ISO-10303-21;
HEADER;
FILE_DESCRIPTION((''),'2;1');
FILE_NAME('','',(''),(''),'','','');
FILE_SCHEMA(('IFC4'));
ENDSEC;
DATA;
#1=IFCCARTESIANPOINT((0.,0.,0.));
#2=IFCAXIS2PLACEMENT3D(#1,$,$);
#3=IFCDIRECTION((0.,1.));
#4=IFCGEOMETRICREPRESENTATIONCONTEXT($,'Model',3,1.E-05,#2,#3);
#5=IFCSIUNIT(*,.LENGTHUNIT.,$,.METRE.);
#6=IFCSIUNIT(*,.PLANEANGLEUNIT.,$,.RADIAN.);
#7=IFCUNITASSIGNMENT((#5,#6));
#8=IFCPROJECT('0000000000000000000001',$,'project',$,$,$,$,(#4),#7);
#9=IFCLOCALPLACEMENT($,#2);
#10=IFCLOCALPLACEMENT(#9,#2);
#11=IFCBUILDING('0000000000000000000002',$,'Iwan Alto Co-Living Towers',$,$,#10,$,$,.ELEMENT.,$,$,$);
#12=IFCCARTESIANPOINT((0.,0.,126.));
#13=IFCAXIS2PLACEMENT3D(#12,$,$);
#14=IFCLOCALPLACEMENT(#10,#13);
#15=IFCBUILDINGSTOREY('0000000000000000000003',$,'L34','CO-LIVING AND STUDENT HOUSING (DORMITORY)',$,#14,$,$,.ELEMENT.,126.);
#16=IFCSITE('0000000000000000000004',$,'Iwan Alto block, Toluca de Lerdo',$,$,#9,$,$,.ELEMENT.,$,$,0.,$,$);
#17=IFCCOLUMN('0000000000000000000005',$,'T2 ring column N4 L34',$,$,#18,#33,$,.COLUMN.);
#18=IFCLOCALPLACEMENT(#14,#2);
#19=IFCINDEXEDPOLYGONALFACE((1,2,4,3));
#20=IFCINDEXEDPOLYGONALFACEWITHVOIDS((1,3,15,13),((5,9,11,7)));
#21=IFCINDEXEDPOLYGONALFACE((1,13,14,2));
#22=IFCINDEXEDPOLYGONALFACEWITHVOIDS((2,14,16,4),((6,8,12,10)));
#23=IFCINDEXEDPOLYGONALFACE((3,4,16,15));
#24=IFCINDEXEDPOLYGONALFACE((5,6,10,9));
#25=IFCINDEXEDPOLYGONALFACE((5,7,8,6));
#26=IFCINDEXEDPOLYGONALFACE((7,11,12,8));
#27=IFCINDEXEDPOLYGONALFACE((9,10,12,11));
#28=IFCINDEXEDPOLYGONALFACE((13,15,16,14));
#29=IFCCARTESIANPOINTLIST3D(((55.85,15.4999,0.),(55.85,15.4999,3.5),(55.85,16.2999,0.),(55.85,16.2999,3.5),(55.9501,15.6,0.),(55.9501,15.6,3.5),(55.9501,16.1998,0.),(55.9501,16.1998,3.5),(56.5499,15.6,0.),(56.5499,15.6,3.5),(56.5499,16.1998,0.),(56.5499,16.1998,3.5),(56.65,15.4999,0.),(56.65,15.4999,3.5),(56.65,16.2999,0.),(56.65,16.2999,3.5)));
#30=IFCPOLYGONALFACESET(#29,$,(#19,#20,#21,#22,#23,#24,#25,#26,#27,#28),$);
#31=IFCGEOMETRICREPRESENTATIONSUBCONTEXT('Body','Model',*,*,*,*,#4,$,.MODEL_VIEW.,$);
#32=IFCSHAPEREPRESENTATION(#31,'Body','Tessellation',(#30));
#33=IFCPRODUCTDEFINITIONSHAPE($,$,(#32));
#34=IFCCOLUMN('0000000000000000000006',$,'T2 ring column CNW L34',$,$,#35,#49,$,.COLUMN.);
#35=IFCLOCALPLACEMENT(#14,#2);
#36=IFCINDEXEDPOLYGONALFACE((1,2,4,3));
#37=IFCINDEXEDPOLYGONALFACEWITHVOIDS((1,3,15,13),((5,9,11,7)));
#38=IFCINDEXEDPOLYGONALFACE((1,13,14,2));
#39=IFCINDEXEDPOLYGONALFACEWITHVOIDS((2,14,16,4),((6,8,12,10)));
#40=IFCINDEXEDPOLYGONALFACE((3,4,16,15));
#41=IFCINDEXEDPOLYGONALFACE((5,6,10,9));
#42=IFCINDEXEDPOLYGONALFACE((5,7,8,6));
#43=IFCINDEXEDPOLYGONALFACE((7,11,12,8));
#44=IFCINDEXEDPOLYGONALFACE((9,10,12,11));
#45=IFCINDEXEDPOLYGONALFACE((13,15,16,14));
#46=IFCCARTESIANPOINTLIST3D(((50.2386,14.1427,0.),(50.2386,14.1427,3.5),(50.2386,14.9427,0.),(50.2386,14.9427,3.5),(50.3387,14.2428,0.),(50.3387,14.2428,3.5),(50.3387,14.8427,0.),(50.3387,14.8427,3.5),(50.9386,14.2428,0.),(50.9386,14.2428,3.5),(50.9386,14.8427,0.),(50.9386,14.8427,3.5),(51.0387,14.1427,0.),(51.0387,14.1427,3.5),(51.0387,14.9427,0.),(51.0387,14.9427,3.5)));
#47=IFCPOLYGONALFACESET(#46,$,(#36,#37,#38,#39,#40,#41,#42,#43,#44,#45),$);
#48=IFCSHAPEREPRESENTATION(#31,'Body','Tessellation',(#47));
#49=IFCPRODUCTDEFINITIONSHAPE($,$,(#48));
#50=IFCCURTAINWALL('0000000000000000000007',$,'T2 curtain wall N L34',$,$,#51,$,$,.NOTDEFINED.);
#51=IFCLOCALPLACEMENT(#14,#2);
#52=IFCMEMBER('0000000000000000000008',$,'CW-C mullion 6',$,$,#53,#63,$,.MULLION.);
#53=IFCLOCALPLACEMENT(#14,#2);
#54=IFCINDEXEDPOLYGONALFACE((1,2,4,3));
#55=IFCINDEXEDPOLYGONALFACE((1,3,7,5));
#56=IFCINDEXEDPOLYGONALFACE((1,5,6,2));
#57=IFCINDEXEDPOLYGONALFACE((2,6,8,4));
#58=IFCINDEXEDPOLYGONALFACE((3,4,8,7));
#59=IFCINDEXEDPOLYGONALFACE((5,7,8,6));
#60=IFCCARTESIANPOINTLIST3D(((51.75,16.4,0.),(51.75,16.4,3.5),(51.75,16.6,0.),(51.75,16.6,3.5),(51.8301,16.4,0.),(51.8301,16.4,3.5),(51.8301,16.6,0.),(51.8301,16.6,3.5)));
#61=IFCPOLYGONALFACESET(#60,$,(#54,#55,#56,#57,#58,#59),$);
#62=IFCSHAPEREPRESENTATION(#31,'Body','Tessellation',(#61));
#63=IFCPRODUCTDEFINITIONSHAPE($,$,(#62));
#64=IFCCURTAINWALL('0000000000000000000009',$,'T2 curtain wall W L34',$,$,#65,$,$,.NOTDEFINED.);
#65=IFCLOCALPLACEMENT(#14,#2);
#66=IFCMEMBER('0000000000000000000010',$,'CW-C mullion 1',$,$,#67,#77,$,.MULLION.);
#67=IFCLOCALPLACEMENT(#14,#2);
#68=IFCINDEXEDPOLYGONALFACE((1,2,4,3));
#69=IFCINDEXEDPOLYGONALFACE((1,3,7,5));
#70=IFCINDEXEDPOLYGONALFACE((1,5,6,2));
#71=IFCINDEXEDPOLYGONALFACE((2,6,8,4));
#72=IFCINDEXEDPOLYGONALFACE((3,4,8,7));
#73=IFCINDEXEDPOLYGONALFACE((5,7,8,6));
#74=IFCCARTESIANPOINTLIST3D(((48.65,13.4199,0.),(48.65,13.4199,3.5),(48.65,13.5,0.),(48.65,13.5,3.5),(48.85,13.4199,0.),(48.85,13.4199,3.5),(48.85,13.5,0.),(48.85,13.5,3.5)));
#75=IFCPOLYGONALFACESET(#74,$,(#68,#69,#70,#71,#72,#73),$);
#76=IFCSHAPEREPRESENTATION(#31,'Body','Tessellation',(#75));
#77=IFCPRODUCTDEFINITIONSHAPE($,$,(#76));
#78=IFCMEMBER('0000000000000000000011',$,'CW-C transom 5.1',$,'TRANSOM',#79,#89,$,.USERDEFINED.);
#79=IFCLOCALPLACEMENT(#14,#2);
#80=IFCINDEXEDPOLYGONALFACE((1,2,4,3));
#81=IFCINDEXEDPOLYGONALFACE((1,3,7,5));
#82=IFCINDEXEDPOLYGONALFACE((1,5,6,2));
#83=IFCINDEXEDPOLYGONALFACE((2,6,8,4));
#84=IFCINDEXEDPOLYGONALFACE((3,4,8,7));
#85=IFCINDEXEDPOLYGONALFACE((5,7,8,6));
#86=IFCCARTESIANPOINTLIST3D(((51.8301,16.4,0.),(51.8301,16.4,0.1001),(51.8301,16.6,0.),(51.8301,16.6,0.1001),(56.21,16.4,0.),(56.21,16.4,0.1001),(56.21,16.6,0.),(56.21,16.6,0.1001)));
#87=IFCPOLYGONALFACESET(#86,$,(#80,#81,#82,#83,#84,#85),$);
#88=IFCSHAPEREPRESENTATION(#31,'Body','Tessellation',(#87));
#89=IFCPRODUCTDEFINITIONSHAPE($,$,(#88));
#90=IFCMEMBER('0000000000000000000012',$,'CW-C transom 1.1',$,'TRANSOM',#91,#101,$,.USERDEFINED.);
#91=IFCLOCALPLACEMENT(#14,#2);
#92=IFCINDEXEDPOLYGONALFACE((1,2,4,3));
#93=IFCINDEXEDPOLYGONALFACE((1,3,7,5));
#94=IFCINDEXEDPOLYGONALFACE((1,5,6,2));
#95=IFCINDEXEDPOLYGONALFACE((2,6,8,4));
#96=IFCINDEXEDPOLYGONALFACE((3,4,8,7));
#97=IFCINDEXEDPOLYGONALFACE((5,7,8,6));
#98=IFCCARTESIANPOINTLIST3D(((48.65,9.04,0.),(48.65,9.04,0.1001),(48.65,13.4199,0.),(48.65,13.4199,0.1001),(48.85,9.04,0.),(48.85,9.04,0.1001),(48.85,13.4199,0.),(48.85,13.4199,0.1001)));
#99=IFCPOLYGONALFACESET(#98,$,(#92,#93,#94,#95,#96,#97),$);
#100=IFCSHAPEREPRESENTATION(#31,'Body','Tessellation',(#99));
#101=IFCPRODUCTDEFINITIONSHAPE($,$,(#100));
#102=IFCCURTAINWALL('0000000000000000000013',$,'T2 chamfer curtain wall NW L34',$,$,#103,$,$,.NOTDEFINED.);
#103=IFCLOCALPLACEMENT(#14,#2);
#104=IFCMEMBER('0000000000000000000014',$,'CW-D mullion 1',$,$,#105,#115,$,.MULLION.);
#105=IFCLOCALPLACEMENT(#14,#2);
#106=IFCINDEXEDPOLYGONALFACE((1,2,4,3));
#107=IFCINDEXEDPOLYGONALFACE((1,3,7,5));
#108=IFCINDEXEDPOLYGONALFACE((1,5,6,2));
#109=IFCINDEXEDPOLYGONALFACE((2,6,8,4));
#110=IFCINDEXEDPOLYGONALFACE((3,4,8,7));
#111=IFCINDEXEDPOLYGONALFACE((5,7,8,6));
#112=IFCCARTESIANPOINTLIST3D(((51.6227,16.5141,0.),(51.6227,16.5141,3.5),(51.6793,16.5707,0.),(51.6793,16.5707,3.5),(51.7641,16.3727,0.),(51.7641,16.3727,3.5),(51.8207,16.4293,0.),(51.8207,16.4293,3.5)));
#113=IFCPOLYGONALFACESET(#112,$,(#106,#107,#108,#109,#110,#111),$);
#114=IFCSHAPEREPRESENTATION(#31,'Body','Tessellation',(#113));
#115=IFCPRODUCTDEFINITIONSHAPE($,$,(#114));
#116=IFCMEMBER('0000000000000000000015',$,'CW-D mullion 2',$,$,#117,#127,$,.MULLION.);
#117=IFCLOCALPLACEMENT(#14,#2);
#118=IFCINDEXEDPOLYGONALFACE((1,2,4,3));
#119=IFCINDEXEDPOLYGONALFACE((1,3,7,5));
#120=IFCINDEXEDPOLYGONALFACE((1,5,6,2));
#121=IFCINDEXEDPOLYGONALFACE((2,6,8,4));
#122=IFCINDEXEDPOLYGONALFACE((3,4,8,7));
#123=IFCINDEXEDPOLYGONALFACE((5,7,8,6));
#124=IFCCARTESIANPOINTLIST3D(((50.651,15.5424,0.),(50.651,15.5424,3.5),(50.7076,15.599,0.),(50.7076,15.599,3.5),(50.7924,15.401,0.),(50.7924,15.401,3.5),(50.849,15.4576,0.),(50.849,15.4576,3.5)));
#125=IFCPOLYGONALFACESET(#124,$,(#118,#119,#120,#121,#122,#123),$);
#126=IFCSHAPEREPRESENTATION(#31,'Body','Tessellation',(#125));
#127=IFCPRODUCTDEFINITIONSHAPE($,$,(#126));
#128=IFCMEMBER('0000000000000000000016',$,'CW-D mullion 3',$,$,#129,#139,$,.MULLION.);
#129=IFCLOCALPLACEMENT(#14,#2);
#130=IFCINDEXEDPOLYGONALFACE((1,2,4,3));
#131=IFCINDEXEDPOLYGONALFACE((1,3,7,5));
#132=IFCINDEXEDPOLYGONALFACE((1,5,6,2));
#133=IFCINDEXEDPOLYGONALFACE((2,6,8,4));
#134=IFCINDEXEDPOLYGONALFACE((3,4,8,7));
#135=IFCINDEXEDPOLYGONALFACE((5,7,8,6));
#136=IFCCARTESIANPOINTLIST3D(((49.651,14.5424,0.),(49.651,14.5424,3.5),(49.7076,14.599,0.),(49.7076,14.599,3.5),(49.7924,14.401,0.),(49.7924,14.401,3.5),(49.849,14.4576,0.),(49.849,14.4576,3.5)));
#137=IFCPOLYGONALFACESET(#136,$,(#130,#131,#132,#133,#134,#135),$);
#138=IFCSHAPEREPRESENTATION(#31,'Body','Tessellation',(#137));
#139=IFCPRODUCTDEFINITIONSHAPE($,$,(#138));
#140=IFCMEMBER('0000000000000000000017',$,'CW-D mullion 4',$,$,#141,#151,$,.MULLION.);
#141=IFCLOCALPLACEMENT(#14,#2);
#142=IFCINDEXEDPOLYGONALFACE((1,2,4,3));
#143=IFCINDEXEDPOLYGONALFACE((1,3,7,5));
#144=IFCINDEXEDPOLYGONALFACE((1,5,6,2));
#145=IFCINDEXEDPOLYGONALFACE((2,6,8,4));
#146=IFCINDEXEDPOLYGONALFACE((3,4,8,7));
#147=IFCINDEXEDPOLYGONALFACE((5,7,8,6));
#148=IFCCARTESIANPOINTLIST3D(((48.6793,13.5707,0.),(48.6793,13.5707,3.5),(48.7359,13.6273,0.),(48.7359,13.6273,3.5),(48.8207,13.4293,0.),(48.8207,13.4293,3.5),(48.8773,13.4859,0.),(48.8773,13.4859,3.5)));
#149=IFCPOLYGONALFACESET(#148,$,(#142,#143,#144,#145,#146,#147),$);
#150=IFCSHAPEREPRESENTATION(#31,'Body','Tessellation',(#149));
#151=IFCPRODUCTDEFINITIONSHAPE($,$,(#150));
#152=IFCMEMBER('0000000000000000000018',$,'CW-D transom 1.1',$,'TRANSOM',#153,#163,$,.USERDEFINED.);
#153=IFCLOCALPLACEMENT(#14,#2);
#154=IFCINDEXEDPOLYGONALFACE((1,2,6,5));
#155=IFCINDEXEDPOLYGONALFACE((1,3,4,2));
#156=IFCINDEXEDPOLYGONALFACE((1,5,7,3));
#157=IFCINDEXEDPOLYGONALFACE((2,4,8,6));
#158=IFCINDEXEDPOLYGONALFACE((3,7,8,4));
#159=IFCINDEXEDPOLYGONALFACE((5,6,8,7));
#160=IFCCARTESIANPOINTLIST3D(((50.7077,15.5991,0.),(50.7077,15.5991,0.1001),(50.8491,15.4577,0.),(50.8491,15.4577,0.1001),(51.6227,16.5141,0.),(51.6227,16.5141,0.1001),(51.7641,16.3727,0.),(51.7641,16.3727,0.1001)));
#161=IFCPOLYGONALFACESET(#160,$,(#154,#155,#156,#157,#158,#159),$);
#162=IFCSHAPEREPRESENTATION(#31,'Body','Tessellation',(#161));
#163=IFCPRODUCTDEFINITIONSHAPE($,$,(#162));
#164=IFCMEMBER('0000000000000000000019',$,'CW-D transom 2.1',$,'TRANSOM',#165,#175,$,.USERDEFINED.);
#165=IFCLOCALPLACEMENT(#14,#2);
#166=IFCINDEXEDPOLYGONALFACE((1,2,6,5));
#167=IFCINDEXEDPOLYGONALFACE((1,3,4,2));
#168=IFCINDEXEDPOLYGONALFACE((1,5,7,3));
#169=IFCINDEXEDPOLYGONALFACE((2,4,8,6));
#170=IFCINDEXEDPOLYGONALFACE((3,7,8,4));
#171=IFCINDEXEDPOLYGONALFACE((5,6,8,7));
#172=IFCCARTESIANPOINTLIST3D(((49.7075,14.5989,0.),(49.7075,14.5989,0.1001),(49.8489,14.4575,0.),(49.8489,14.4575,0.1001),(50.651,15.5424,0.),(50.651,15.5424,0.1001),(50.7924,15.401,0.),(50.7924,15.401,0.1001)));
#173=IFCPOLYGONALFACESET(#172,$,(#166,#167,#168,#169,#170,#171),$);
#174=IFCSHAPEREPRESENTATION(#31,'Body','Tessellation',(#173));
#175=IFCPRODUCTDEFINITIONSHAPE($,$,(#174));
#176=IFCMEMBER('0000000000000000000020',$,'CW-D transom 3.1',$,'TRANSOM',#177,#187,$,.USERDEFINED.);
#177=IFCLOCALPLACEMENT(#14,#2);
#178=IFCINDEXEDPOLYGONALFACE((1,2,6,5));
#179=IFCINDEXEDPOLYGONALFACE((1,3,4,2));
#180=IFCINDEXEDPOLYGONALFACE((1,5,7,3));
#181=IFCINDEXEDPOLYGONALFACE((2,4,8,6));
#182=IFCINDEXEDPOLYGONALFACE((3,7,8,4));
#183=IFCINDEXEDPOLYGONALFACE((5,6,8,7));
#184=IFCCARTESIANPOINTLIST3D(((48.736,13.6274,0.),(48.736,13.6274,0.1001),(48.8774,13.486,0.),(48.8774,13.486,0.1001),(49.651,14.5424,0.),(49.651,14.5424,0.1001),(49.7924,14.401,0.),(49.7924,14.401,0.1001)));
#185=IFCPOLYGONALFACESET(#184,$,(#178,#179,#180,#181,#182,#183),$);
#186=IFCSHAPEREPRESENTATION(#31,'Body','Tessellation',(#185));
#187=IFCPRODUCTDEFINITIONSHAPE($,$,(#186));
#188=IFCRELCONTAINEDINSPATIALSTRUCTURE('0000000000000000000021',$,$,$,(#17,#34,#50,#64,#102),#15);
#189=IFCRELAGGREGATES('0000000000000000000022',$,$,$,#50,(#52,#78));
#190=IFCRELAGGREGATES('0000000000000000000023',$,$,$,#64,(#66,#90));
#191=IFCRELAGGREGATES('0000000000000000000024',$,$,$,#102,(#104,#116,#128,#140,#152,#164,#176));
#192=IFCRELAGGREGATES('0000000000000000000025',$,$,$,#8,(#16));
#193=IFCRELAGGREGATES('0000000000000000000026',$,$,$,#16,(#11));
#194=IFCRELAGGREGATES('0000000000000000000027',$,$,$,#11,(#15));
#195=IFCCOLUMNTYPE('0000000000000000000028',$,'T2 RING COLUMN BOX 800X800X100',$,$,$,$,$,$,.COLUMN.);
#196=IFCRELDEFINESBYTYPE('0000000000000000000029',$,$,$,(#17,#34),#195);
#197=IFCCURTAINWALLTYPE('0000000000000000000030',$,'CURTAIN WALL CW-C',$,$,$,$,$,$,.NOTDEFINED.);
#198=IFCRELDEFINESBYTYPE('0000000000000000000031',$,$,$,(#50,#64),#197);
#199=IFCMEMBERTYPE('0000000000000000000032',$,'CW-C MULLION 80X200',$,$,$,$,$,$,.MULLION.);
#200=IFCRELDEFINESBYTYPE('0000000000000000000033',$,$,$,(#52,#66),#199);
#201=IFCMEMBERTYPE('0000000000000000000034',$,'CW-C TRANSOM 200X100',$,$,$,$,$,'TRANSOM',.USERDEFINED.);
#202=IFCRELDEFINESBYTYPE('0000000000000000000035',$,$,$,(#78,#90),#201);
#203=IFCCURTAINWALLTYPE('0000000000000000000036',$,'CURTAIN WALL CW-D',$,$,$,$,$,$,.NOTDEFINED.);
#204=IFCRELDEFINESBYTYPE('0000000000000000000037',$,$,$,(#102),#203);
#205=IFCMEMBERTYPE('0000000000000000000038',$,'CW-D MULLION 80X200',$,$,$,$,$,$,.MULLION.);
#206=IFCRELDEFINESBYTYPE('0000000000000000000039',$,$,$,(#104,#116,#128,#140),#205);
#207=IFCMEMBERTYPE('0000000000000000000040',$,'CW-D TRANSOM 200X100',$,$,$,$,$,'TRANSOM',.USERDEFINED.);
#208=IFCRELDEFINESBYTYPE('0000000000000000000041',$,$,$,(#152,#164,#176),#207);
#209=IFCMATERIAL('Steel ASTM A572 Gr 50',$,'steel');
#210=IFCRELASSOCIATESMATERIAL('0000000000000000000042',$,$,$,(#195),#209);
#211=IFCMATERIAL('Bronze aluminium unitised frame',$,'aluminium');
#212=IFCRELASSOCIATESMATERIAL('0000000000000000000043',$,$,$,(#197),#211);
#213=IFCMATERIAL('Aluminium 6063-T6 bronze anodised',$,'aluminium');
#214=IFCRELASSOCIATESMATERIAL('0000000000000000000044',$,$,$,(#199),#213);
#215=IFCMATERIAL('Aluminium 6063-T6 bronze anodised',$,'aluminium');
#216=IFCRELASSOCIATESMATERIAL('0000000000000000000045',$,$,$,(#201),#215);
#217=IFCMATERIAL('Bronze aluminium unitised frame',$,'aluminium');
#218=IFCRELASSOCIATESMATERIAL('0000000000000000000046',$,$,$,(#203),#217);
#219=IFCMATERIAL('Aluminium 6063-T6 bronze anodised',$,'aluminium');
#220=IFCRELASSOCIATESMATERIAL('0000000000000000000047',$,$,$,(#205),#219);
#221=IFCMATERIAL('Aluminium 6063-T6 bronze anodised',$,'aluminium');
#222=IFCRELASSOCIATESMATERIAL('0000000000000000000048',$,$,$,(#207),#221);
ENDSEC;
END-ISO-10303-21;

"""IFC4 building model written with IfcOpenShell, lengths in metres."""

from ifc_helpers import new_model, si_unit, direction, frame, origin, origin_2d, place, context, subcontext, project, spatial, rectangle, hollow_rectangle, extrude, material, material_profile, profile_set, type_object, element, aggregate, save


model = new_model("IFC4")

# Units and contexts
model_context = context("Model", 3, precision=1e-05, world=origin(), true_north=direction((0.0, 1.0)))
body_context = subcontext(model_context, "Body", "Model", "MODEL_VIEW")
ifc_project = project(units=[si_unit("LENGTHUNIT", "METRE"), si_unit("PLANEANGLEUNIT", "RADIAN")], contexts=[model_context])

# Site, building, storey
site_placement = place(None, origin())
site = spatial("IfcSite", under=ifc_project, at=site_placement, Name="Iwan Alto block, Toluca de Lerdo", CompositionType="ELEMENT", RefElevation=0.0)
building_placement = place(site_placement, origin())
building = spatial("IfcBuilding", under=site, at=building_placement, Name="Iwan Alto Co-Living Towers", CompositionType="ELEMENT")
storey_placement = place(building_placement, frame((0.0, 0.0, 126.0)))
storey = spatial("IfcBuildingStorey", under=building, at=storey_placement, Name="L34", Description="CO-LIVING AND STUDENT HOUSING (DORMITORY)", CompositionType="ELEMENT", Elevation=126.0)

# Columns
ifc_material_1 = material(Name="Steel ASTM A572 Gr 50", Category="steel")
ifc_material_profile_1 = material_profile(ifc_material_1, hollow_rectangle(XDim=0.8, YDim=0.8, WallThickness=0.1001, at=origin_2d()), Name="BOX 800X800X100")
ifc_profile_set_1 = profile_set([ifc_material_profile_1], Name="Steel ASTM A572 Gr 50")
column_type = type_object("IfcColumnType", Name="T2 RING COLUMN BOX 800X800X100", PredefinedType="COLUMN", material=ifc_profile_set_1)
for number, where, z_axis, x_axis, name in (
    (1, (56.25, 15.8999, 0.0), (0.0, 0.0, 1.0), (1.0, 0.0, 0.0), "T2 ring column N4 L34"),
    (2, (50.6387, 14.5427, 0.0), (0.0, 0.0, 1.0), (1.0, 0.0, 0.0), "T2 ring column CNW L34"),
):
    element("IfcColumn", number, at=place(storey_placement, frame(where, z_axis=z_axis, x_axis=x_axis)), inside=storey, type_object=column_type, Name=name, PredefinedType="COLUMN", context=body_context, shape_type="SweptSolid", body=[
        extrude(hollow_rectangle(XDim=0.8, YDim=0.8, WallThickness=0.1001, at=origin_2d()), origin(), (0.0, 0.0, 1.0), 3.5),
    ])

# Curtain walls, members
ifc_material_2 = material(Name="Bronze aluminium unitised frame", Category="aluminium")
curtain_wall_type_1 = type_object("IfcCurtainWallType", Name="CURTAIN WALL CW-C", PredefinedType="NOTDEFINED", material=ifc_material_2)
curtain_wall_1_placement = place(storey_placement, origin())
curtain_wall_1 = element("IfcCurtainWall", 3, at=curtain_wall_1_placement, inside=storey, type_object=curtain_wall_type_1, Name="T2 curtain wall N L34", PredefinedType="NOTDEFINED")
ifc_material_3 = material(Name="Aluminium 6063-T6 bronze anodised", Category="aluminium")
ifc_material_profile_2 = material_profile(ifc_material_3, rectangle(XDim=0.2, YDim=0.0801, at=origin_2d()), Name="AL 80X200")
ifc_profile_set_2 = profile_set([ifc_material_profile_2], Name="Aluminium 6063-T6 bronze anodised")
member_type_1 = type_object("IfcMemberType", Name="CW-C MULLION 80X200", PredefinedType="MULLION", material=ifc_profile_set_2)
member_1_placement = place(storey_placement, frame((51.79, 16.5, 0.0), z_axis=(0.0, 0.0, 1.0), x_axis=(0.0, -1.0, 0.0)))
member_1 = element("IfcMember", 4, at=member_1_placement, type_object=member_type_1, Name="CW-C mullion 6", PredefinedType="MULLION", context=body_context, shape_type="SweptSolid", body=[
    extrude(rectangle(XDim=0.2, YDim=0.0801, at=origin_2d()), origin(), (0.0, 0.0, 1.0), 3.5),
])
curtain_wall_2_placement = place(storey_placement, origin())
curtain_wall_2 = element("IfcCurtainWall", 5, at=curtain_wall_2_placement, inside=storey, type_object=curtain_wall_type_1, Name="T2 curtain wall W L34", PredefinedType="NOTDEFINED")
member_2_placement = place(storey_placement, frame((48.75, 13.46, 0.0), z_axis=(0.0, 0.0, 1.0), x_axis=(1.0, 0.0, 0.0)))
member_2 = element("IfcMember", 6, at=member_2_placement, type_object=member_type_1, Name="CW-C mullion 1", PredefinedType="MULLION", context=body_context, shape_type="SweptSolid", body=[
    extrude(rectangle(XDim=0.2, YDim=0.0801, at=origin_2d()), origin(), (0.0, 0.0, 1.0), 3.5),
])

# Members
ifc_material_4 = material(Name="Aluminium 6063-T6 bronze anodised", Category="aluminium")
ifc_material_profile_3 = material_profile(ifc_material_4, rectangle(XDim=0.2, YDim=0.1001, at=origin_2d()), Name="AL 200X100")
ifc_profile_set_3 = profile_set([ifc_material_profile_3], Name="Aluminium 6063-T6 bronze anodised")
member_type_2 = type_object("IfcMemberType", Name="CW-C TRANSOM 200X100", ElementType="TRANSOM", PredefinedType="USERDEFINED", material=ifc_profile_set_3)
member_3_placement = place(storey_placement, frame((56.21, 16.5, 0.05), z_axis=(-1.0, 0.0, 0.0), x_axis=(0.0, -1.0, 0.0)))
member_3 = element("IfcMember", 7, at=member_3_placement, type_object=member_type_2, Name="CW-C transom 5.1", ObjectType="TRANSOM", PredefinedType="USERDEFINED", context=body_context, shape_type="SweptSolid", body=[
    extrude(rectangle(XDim=0.2, YDim=0.1001, at=origin_2d()), origin(), (0.0, 0.0, 1.0), 4.3799),
])
member_4_placement = place(storey_placement, frame((48.75, 13.4199, 0.05), z_axis=(0.0, -1.0, 0.0), x_axis=(1.0, 0.0, 0.0)))
member_4 = element("IfcMember", 8, at=member_4_placement, type_object=member_type_2, Name="CW-C transom 1.1", ObjectType="TRANSOM", PredefinedType="USERDEFINED", context=body_context, shape_type="SweptSolid", body=[
    extrude(rectangle(XDim=0.2, YDim=0.1001, at=origin_2d()), origin(), (0.0, 0.0, 1.0), 4.3799),
])

# Curtain wall, members
ifc_material_5 = material(Name="Bronze aluminium unitised frame", Category="aluminium")
curtain_wall_type_2 = type_object("IfcCurtainWallType", Name="CURTAIN WALL CW-D", PredefinedType="NOTDEFINED", material=ifc_material_5)
curtain_wall_3_placement = place(storey_placement, origin())
curtain_wall_3 = element("IfcCurtainWall", 9, at=curtain_wall_3_placement, inside=storey, type_object=curtain_wall_type_2, Name="T2 chamfer curtain wall NW L34", PredefinedType="NOTDEFINED")
ifc_material_6 = material(Name="Aluminium 6063-T6 bronze anodised", Category="aluminium")
ifc_material_profile_4 = material_profile(ifc_material_6, rectangle(XDim=0.2, YDim=0.0801, at=origin_2d()), Name="AL 80X200")
ifc_profile_set_4 = profile_set([ifc_material_profile_4], Name="Aluminium 6063-T6 bronze anodised")
member_type_3 = type_object("IfcMemberType", Name="CW-D MULLION 80X200", PredefinedType="MULLION", material=ifc_profile_set_4)
member_5_placement = place(storey_placement, frame((51.7217, 16.4717, 0.0), z_axis=(0.0, 0.0, 1.0), x_axis=(0.707107, -0.707107, 0.0)))
member_5 = element("IfcMember", 10, at=member_5_placement, type_object=member_type_3, Name="CW-D mullion 1", PredefinedType="MULLION", context=body_context, shape_type="SweptSolid", body=[
    extrude(rectangle(XDim=0.2, YDim=0.0801, at=origin_2d()), origin(), (0.0, 0.0, 1.0), 3.5),
])
member_6_placement = place(storey_placement, frame((50.75, 15.5, 0.0), z_axis=(0.0, 0.0, 1.0), x_axis=(0.707107, -0.707107, 0.0)))
member_6 = element("IfcMember", 11, at=member_6_placement, type_object=member_type_3, Name="CW-D mullion 2", PredefinedType="MULLION", context=body_context, shape_type="SweptSolid", body=[
    extrude(rectangle(XDim=0.2, YDim=0.0801, at=origin_2d()), origin(), (0.0, 0.0, 1.0), 3.5),
])
member_7_placement = place(storey_placement, frame((49.75, 14.5, 0.0), z_axis=(0.0, 0.0, 1.0), x_axis=(0.707107, -0.707107, 0.0)))
member_7 = element("IfcMember", 12, at=member_7_placement, type_object=member_type_3, Name="CW-D mullion 3", PredefinedType="MULLION", context=body_context, shape_type="SweptSolid", body=[
    extrude(rectangle(XDim=0.2, YDim=0.0801, at=origin_2d()), origin(), (0.0, 0.0, 1.0), 3.5),
])
member_8_placement = place(storey_placement, frame((48.7783, 13.5283, 0.0), z_axis=(0.0, 0.0, 1.0), x_axis=(0.707107, -0.707107, 0.0)))
member_8 = element("IfcMember", 13, at=member_8_placement, type_object=member_type_3, Name="CW-D mullion 4", PredefinedType="MULLION", context=body_context, shape_type="SweptSolid", body=[
    extrude(rectangle(XDim=0.2, YDim=0.0801, at=origin_2d()), origin(), (0.0, 0.0, 1.0), 3.5),
])
ifc_material_7 = material(Name="Aluminium 6063-T6 bronze anodised", Category="aluminium")
ifc_material_profile_5 = material_profile(ifc_material_7, rectangle(XDim=0.2, YDim=0.1001, at=origin_2d()), Name="AL 200X100")
ifc_profile_set_5 = profile_set([ifc_material_profile_5], Name="Aluminium 6063-T6 bronze anodised")
member_type_4 = type_object("IfcMemberType", Name="CW-D TRANSOM 200X100", ElementType="TRANSOM", PredefinedType="USERDEFINED", material=ifc_profile_set_5)
member_9_placement = place(storey_placement, frame((51.6934, 16.4434, 0.05), z_axis=(-0.707107, -0.707107, 0.0), x_axis=(0.707107, -0.707107, 0.0)))
member_9 = element("IfcMember", 14, at=member_9_placement, type_object=member_type_4, Name="CW-D transom 1.1", ObjectType="TRANSOM", PredefinedType="USERDEFINED", context=body_context, shape_type="SweptSolid", body=[
    extrude(rectangle(XDim=0.2, YDim=0.1001, at=origin_2d()), origin(), (0.0, 0.0, 1.0), 1.2939),
])
member_10_placement = place(storey_placement, frame((50.7217, 15.4717, 0.05), z_axis=(-0.707107, -0.707107, 0.0), x_axis=(0.707107, -0.707107, 0.0)))
member_10 = element("IfcMember", 15, at=member_10_placement, type_object=member_type_4, Name="CW-D transom 2.1", ObjectType="TRANSOM", PredefinedType="USERDEFINED", context=body_context, shape_type="SweptSolid", body=[
    extrude(rectangle(XDim=0.2, YDim=0.1001, at=origin_2d()), origin(), (0.0, 0.0, 1.0), 1.3342),
])
member_11_placement = place(storey_placement, frame((49.7217, 14.4717, 0.05), z_axis=(-0.707107, -0.707107, 0.0), x_axis=(0.707107, -0.707107, 0.0)))
member_11 = element("IfcMember", 16, at=member_11_placement, type_object=member_type_4, Name="CW-D transom 3.1", ObjectType="TRANSOM", PredefinedType="USERDEFINED", context=body_context, shape_type="SweptSolid", body=[
    extrude(rectangle(XDim=0.2, YDim=0.1001, at=origin_2d()), origin(), (0.0, 0.0, 1.0), 1.2939),
])

aggregate(curtain_wall_1, [member_1, member_3])
aggregate(curtain_wall_2, [member_2, member_4])
aggregate(curtain_wall_3, [member_5, member_6, member_7, member_8, member_9, member_10, member_11])

save(model, "model.ifc")
